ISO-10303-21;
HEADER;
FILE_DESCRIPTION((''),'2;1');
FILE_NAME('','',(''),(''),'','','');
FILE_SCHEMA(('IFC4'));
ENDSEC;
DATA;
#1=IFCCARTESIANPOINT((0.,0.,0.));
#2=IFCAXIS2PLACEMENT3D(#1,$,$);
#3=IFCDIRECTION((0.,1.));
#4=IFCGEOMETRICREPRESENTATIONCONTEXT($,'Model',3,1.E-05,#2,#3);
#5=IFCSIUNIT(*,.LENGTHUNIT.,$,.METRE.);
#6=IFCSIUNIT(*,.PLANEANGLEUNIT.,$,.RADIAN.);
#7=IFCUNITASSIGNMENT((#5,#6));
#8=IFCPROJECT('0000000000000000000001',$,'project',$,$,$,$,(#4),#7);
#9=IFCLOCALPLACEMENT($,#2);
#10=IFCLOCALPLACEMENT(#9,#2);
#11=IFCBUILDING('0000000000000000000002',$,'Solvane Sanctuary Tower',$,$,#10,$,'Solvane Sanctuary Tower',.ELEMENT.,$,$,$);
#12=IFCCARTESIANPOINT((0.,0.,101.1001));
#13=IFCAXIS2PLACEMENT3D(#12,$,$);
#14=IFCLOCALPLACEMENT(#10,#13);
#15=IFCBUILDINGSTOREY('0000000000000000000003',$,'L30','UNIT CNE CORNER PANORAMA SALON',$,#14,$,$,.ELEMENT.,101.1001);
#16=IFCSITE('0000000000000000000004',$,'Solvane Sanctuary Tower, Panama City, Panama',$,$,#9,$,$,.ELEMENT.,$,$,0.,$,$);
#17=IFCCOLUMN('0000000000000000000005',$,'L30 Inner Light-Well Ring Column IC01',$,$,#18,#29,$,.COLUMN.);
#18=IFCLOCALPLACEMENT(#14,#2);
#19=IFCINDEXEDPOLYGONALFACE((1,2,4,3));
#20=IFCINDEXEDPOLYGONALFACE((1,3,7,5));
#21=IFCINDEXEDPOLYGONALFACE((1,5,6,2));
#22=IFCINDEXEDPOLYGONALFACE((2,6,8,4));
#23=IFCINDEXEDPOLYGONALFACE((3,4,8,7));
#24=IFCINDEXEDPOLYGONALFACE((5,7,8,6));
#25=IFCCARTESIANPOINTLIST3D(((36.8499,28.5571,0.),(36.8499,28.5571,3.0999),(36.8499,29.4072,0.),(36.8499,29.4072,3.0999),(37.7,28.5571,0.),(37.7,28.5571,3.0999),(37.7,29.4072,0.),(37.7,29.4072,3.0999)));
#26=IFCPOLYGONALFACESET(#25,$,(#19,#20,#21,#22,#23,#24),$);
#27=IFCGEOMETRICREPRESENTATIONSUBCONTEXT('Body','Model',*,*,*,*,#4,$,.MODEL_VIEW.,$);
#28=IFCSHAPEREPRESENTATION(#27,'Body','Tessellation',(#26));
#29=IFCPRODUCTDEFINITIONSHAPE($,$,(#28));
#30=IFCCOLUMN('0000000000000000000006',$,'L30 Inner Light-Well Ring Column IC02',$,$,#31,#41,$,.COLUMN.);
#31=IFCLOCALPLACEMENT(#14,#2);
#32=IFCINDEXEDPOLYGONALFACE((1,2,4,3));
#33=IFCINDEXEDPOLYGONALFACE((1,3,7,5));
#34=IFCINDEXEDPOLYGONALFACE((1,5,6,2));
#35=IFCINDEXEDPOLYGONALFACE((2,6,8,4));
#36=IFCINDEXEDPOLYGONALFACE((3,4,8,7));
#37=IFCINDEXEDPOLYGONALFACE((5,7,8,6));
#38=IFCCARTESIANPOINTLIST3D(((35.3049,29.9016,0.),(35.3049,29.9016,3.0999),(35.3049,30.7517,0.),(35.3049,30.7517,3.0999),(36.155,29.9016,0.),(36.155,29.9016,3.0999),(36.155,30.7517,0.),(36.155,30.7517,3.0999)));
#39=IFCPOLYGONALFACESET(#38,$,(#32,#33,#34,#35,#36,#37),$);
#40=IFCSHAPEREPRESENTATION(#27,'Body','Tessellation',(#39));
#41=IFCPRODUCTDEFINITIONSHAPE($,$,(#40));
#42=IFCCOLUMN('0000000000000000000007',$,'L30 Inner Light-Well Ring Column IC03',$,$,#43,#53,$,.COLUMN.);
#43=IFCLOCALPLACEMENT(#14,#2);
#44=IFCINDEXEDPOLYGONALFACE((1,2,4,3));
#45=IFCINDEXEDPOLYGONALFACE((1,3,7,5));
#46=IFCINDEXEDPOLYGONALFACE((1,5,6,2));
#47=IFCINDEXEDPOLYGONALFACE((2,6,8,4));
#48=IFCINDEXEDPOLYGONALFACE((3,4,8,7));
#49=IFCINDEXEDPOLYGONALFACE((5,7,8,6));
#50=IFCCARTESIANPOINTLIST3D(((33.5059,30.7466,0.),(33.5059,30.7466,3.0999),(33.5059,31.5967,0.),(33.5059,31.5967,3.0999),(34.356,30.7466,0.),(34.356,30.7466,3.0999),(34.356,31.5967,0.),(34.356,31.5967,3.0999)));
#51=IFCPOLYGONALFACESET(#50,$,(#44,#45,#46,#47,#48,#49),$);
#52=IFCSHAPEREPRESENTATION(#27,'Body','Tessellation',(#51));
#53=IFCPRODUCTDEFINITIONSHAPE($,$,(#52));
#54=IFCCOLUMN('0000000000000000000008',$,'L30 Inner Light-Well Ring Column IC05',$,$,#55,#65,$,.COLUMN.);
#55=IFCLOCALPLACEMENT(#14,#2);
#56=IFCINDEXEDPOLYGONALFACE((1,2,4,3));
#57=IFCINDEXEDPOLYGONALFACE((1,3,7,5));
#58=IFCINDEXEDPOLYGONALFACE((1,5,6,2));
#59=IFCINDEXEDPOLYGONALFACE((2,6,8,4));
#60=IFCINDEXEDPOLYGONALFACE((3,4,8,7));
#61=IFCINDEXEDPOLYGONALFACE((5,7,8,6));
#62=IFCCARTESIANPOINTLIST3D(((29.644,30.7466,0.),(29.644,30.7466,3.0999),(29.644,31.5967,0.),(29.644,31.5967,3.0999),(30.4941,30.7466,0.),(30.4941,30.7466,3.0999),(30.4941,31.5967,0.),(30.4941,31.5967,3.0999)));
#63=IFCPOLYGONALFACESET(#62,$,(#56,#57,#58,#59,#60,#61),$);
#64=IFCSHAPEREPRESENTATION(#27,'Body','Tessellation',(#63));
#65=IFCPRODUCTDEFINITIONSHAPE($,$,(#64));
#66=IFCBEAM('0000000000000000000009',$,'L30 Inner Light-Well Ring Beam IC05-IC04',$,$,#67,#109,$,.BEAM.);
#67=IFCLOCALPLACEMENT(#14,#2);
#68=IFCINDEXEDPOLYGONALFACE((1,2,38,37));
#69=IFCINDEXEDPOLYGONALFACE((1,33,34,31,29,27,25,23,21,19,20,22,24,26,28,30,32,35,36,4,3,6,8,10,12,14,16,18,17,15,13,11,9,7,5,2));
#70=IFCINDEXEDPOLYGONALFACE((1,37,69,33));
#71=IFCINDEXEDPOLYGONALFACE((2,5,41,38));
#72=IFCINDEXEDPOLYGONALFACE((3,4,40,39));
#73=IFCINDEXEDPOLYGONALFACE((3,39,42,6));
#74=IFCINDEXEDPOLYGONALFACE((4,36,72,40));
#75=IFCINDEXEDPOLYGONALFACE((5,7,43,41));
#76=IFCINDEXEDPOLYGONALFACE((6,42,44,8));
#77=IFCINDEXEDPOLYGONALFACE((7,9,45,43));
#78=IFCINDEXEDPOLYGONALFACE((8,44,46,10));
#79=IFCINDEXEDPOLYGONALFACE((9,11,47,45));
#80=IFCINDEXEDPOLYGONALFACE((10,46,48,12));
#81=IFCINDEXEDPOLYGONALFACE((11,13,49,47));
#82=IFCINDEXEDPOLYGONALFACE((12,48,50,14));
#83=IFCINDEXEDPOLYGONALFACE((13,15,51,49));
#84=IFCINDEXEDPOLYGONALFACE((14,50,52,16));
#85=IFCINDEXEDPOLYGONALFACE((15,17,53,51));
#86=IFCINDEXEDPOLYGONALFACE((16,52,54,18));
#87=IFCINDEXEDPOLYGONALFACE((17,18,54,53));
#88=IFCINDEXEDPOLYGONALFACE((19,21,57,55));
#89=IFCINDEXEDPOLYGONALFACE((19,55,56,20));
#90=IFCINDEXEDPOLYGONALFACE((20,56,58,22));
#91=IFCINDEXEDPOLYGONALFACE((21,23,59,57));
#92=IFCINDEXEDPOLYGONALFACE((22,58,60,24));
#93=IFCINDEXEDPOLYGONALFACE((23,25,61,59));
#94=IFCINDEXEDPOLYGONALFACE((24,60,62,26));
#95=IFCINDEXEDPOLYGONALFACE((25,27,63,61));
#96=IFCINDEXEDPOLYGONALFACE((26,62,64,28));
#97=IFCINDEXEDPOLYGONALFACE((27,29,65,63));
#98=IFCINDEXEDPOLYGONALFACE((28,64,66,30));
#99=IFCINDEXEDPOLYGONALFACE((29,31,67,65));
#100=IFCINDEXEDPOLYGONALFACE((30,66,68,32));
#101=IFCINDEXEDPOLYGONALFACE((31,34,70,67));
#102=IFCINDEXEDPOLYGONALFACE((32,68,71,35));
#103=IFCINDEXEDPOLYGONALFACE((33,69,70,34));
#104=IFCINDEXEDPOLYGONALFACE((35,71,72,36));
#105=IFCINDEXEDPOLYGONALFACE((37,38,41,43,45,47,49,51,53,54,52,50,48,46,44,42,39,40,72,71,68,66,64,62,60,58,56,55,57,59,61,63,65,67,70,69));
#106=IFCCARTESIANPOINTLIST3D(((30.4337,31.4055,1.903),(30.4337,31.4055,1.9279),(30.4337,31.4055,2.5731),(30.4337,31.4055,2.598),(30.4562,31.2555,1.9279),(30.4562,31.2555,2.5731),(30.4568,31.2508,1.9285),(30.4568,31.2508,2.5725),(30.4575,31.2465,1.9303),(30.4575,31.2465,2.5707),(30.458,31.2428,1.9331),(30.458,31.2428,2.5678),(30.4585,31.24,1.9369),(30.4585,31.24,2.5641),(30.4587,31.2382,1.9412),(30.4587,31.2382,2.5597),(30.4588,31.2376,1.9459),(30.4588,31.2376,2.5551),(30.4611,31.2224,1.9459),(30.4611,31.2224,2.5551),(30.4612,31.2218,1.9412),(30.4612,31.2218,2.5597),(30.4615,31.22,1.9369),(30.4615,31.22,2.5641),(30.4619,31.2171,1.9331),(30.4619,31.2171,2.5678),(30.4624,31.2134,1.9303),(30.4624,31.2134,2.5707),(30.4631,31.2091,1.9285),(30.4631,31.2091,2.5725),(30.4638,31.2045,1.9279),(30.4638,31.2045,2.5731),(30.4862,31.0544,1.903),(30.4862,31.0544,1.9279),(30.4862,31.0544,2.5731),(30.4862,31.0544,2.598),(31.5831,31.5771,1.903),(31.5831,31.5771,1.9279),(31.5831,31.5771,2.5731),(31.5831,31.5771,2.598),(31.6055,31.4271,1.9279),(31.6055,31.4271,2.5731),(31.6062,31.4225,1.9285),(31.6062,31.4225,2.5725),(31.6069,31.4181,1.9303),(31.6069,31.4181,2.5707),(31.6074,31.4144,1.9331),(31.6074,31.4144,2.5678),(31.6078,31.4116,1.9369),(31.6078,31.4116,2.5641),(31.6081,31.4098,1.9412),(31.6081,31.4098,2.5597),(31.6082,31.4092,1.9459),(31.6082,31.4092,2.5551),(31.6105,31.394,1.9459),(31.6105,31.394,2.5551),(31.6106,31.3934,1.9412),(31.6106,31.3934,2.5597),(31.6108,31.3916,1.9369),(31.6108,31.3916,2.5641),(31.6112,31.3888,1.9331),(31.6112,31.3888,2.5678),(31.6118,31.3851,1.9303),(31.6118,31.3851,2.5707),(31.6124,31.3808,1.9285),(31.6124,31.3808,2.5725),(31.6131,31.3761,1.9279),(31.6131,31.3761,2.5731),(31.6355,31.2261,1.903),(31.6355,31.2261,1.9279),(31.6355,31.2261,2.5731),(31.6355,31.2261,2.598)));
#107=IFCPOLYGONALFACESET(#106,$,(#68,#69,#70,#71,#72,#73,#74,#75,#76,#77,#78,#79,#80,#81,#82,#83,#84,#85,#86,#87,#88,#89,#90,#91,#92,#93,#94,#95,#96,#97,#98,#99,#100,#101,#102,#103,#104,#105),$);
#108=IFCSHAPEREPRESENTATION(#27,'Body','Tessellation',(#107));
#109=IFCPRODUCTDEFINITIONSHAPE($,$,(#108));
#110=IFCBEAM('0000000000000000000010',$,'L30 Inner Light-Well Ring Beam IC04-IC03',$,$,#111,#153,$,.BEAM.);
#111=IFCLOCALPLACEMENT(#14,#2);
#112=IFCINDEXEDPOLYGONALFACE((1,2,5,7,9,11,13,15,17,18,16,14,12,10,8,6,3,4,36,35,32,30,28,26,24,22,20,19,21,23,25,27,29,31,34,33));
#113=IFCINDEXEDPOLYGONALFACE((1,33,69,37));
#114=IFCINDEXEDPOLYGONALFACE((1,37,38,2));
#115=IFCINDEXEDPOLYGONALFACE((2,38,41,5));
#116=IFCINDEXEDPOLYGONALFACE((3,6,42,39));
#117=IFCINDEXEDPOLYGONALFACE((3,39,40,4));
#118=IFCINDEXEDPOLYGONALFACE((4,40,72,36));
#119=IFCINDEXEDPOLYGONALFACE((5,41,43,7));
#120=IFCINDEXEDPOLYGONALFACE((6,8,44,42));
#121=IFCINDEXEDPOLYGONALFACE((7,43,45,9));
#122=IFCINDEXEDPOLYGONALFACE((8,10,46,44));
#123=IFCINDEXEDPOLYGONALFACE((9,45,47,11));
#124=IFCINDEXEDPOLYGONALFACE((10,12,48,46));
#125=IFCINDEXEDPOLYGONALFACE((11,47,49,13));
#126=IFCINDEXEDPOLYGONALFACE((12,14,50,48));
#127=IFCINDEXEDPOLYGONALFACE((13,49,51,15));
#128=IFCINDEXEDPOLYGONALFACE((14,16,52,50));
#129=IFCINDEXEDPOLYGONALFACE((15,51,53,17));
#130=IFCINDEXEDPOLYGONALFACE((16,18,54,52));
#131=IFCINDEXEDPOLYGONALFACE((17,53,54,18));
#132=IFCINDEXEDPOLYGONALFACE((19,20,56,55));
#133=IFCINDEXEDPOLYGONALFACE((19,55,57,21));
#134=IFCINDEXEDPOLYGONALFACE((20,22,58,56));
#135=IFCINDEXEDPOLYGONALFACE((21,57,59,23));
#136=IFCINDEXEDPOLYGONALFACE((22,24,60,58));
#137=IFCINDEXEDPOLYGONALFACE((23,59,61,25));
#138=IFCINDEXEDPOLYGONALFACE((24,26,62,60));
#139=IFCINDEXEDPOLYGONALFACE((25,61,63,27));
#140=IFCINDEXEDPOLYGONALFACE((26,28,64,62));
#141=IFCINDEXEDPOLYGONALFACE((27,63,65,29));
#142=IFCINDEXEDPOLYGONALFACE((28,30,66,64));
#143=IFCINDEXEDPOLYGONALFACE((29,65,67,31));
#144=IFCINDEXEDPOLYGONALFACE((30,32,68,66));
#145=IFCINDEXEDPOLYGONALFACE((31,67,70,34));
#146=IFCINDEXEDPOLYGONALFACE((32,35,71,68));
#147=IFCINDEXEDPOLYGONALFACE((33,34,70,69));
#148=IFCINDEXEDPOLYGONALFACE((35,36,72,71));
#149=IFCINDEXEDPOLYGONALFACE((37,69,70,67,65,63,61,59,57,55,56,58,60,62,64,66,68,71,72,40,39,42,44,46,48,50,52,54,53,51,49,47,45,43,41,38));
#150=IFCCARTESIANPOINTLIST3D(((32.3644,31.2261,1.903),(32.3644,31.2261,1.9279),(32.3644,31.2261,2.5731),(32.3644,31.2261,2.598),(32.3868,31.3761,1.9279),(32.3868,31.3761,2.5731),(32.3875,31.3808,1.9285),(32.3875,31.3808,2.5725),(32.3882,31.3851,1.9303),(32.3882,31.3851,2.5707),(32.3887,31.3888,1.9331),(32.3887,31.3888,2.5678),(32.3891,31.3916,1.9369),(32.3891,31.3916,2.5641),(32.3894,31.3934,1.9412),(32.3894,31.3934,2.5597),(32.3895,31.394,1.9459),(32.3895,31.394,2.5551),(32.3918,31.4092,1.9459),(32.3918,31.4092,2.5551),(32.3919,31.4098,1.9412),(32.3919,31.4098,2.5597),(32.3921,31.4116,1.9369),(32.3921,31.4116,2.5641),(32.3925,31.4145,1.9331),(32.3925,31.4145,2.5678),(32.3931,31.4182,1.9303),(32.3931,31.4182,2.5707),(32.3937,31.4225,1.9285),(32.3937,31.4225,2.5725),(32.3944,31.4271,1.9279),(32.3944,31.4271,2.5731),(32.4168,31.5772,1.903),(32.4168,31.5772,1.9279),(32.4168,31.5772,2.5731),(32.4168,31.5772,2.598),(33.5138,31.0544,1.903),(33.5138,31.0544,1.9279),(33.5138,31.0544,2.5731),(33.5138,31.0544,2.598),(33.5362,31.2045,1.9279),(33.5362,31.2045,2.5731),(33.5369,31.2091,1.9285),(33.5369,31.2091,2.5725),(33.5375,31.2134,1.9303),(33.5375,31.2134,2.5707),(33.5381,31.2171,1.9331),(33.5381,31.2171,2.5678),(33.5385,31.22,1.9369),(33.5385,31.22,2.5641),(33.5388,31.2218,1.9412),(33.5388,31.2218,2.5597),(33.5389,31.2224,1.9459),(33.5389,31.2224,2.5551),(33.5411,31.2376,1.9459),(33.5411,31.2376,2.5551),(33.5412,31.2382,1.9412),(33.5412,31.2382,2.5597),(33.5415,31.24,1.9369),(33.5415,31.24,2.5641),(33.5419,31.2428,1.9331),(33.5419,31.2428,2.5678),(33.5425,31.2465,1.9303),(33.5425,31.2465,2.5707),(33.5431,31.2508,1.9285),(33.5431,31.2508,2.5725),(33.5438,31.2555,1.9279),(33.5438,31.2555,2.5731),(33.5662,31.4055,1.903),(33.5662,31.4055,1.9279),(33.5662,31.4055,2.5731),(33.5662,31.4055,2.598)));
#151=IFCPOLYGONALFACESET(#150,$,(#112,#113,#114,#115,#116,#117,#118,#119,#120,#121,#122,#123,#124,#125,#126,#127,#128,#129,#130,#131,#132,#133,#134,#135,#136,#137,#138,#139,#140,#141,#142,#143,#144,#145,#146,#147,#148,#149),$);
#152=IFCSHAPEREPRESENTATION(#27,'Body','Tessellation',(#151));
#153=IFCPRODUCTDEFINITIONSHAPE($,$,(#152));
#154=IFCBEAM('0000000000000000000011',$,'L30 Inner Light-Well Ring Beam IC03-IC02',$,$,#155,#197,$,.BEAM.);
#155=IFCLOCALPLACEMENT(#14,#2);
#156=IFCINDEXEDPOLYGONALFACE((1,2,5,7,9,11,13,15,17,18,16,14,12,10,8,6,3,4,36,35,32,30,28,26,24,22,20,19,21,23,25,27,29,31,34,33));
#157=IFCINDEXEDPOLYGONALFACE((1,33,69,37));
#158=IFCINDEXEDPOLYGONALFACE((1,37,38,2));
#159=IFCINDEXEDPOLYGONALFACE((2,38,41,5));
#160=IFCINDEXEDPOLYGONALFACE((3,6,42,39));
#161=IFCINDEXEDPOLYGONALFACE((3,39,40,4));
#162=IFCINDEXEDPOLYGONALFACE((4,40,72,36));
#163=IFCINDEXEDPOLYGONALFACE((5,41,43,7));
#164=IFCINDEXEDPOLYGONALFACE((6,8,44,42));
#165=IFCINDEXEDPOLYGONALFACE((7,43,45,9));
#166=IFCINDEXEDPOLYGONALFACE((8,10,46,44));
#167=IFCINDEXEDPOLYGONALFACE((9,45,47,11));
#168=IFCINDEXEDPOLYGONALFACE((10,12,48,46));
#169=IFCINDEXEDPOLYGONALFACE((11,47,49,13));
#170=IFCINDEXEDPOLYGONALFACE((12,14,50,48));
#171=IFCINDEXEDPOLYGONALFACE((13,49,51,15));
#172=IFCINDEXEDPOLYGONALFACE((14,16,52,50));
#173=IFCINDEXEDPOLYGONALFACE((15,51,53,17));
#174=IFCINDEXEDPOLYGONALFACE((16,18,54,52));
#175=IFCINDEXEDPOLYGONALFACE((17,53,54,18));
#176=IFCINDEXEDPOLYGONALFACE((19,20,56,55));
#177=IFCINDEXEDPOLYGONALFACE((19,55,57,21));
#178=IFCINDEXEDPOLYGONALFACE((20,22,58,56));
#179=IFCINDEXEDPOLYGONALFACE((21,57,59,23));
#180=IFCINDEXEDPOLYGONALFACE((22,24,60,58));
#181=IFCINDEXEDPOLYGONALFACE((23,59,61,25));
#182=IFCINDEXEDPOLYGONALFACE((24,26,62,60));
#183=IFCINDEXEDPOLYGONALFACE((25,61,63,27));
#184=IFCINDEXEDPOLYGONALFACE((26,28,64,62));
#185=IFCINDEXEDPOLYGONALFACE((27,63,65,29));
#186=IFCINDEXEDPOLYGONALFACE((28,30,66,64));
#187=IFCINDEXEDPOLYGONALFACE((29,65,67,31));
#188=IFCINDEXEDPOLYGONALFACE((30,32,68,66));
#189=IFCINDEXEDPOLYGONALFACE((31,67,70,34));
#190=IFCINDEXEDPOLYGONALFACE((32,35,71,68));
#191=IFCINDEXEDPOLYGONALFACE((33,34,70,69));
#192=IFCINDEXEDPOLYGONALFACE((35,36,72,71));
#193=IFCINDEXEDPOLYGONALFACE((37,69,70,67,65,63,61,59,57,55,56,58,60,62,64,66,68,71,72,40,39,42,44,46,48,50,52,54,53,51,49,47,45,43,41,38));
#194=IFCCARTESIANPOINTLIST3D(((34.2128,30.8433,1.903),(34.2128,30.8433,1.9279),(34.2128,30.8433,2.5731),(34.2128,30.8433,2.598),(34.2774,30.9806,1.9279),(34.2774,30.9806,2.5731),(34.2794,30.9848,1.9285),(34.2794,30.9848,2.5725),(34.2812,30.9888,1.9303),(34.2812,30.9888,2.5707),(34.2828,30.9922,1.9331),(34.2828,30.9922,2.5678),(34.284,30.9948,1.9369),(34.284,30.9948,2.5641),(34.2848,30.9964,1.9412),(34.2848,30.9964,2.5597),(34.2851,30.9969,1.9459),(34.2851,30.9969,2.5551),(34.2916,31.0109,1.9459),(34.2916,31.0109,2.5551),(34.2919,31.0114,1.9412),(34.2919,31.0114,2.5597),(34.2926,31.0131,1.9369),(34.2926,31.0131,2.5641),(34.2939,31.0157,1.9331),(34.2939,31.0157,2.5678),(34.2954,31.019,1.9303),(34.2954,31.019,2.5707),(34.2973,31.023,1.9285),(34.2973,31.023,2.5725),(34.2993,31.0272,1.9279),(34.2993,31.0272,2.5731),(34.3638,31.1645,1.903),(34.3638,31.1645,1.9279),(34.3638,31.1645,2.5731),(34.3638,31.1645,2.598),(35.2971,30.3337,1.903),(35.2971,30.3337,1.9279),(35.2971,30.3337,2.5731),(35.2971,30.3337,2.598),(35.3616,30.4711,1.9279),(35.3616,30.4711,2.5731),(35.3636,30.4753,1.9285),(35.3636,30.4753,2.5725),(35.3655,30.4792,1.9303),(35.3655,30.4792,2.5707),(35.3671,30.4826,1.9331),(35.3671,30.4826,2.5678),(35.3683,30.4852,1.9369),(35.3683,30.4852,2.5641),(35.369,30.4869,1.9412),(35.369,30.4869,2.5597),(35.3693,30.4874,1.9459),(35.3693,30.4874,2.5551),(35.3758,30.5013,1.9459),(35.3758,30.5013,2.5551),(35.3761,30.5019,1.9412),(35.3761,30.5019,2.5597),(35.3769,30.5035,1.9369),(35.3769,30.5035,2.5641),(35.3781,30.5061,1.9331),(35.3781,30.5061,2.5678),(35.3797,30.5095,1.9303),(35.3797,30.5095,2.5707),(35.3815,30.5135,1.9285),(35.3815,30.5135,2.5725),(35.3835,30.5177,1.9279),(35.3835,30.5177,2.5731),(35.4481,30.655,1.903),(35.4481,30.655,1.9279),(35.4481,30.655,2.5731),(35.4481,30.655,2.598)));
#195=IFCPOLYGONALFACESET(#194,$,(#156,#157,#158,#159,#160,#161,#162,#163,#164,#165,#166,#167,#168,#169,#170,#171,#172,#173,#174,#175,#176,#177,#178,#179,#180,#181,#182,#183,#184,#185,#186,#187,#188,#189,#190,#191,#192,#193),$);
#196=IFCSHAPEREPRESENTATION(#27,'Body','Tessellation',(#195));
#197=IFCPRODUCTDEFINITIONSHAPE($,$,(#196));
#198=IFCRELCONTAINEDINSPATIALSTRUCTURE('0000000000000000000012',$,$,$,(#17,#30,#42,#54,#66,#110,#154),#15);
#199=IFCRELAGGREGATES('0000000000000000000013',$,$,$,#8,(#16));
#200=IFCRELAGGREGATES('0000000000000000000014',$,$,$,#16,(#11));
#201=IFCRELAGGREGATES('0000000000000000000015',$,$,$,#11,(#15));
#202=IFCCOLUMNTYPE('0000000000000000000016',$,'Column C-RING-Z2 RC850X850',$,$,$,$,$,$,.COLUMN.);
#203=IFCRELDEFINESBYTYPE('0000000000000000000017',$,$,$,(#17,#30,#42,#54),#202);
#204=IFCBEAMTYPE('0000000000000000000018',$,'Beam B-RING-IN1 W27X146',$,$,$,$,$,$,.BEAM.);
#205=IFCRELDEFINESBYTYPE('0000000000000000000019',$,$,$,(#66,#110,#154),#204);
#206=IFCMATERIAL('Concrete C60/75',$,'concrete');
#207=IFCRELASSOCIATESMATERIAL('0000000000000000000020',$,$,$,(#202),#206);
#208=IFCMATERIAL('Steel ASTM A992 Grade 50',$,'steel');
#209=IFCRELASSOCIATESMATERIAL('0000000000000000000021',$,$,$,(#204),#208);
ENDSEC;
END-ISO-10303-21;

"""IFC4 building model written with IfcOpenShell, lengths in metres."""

from ifc_helpers import new_model, si_unit, direction, frame, origin, origin_2d, place, context, subcontext, project, spatial, rectangle, i_section, extrude, material, material_profile, profile_set, type_object, element, save


model = new_model("IFC4")

# Units and contexts
model_context = context("Model", 3, precision=1e-05, world=origin(), true_north=direction((0.0, 1.0)))
body_context = subcontext(model_context, "Body", "Model", "MODEL_VIEW")
ifc_project = project(units=[si_unit("LENGTHUNIT", "METRE"), si_unit("PLANEANGLEUNIT", "RADIAN")], contexts=[model_context])

# Site, building, storey
site_placement = place(None, origin())
site = spatial("IfcSite", under=ifc_project, at=site_placement, Name="Solvane Sanctuary Tower, Panama City, Panama", CompositionType="ELEMENT", RefElevation=0.0)
building_placement = place(site_placement, origin())
building = spatial("IfcBuilding", under=site, at=building_placement, Name="Solvane Sanctuary Tower", LongName="Solvane Sanctuary Tower", CompositionType="ELEMENT")
storey_placement = place(building_placement, frame((0.0, 0.0, 101.1001)))
storey = spatial("IfcBuildingStorey", under=building, at=storey_placement, Name="L30", Description="UNIT CNE CORNER PANORAMA SALON", CompositionType="ELEMENT", Elevation=101.1001)

# Columns
ifc_material_1 = material(Name="Concrete C60/75", Category="concrete")
ifc_material_profile_1 = material_profile(ifc_material_1, rectangle(XDim=0.8501, YDim=0.8501, at=origin_2d()), Name="RC850X850")
ifc_profile_set_1 = profile_set([ifc_material_profile_1], Name="Concrete C60/75")
column_type = type_object("IfcColumnType", Name="Column C-RING-Z2 RC850X850", PredefinedType="COLUMN", material=ifc_profile_set_1)
for number, where, z_axis, x_axis, name in (
    (1, (37.2749, 28.9822, 0.0), (0.0, 0.0, 1.0), (1.0, 0.0, 0.0), "L30 Inner Light-Well Ring Column IC01"),
    (2, (35.73, 30.3267, 0.0), (0.0, 0.0, 1.0), (1.0, 0.0, 0.0), "L30 Inner Light-Well Ring Column IC02"),
    (3, (33.9309, 31.1716, 0.0), (0.0, 0.0, 1.0), (1.0, 0.0, 0.0), "L30 Inner Light-Well Ring Column IC03"),
    (4, (30.0691, 31.1716, 0.0), (0.0, 0.0, 1.0), (1.0, 0.0, 0.0), "L30 Inner Light-Well Ring Column IC05"),
):
    element("IfcColumn", number, at=place(storey_placement, frame(where, z_axis=z_axis, x_axis=x_axis)), inside=storey, type_object=column_type, Name=name, PredefinedType="COLUMN", context=body_context, shape_type="SweptSolid", body=[
        extrude(rectangle(XDim=0.8501, YDim=0.8501, at=origin_2d()), origin(), (0.0, 0.0, 1.0), 3.0999),
    ])

# Beams
ifc_material_2 = material(Name="Steel ASTM A992 Grade 50", Category="steel")
ifc_material_profile_2 = material_profile(ifc_material_2, i_section(OverallWidth=0.355, OverallDepth=0.6951, WebThickness=0.0154, FlangeThickness=0.0249, FilletRadius=0.0181, at=origin_2d()), Name="W27X146")
ifc_profile_set_2 = profile_set([ifc_material_profile_2], Name="Steel ASTM A992 Grade 50")
beam_type_1 = type_object("IfcBeamType", Name="Beam B-RING-IN1 W27X146", PredefinedType="BEAM", material=ifc_profile_set_2)
for number, where, z_axis, x_axis, name in (
    (5, (30.46, 31.23, 2.2505), (0.989035, 0.147683, 0.0), (-0.147683, 0.989035, 0.0), "L30 Inner Light-Well Ring Beam IC05-IC04"),
    (6, (32.3906, 31.4016, 2.2505), (0.989035, -0.147683, 0.0), (0.147683, 0.989035, 0.0), "L30 Inner Light-Well Ring Beam IC04-IC03"),
):
    element("IfcBeam", number, at=place(storey_placement, frame(where, z_axis=z_axis, x_axis=x_axis)), inside=storey, type_object=beam_type_1, Name=name, PredefinedType="BEAM", context=body_context, shape_type="SweptSolid", body=[
        extrude(i_section(OverallWidth=0.355, OverallDepth=0.6951, WebThickness=0.0154, FlangeThickness=0.0249, FilletRadius=0.0181, at=origin_2d()), origin(), (0.0, 0.0, 1.0), 1.1621),
    ])
beam_1_placement = place(storey_placement, frame((34.2883, 31.0039, 2.2505), z_axis=(0.905045, -0.425316, 0.0), x_axis=(0.425316, 0.905045, 0.0)))
element("IfcBeam", 7, at=beam_1_placement, inside=storey, type_object=beam_type_1, Name="L30 Inner Light-Well Ring Beam IC03-IC02", PredefinedType="BEAM", context=body_context, shape_type="SweptSolid", body=[
    extrude(i_section(OverallWidth=0.355, OverallDepth=0.6951, WebThickness=0.0154, FlangeThickness=0.0249, FilletRadius=0.0181, at=origin_2d()), origin(), (0.0, 0.0, 1.0), 1.198),
])

save(model, "model.ifc")
